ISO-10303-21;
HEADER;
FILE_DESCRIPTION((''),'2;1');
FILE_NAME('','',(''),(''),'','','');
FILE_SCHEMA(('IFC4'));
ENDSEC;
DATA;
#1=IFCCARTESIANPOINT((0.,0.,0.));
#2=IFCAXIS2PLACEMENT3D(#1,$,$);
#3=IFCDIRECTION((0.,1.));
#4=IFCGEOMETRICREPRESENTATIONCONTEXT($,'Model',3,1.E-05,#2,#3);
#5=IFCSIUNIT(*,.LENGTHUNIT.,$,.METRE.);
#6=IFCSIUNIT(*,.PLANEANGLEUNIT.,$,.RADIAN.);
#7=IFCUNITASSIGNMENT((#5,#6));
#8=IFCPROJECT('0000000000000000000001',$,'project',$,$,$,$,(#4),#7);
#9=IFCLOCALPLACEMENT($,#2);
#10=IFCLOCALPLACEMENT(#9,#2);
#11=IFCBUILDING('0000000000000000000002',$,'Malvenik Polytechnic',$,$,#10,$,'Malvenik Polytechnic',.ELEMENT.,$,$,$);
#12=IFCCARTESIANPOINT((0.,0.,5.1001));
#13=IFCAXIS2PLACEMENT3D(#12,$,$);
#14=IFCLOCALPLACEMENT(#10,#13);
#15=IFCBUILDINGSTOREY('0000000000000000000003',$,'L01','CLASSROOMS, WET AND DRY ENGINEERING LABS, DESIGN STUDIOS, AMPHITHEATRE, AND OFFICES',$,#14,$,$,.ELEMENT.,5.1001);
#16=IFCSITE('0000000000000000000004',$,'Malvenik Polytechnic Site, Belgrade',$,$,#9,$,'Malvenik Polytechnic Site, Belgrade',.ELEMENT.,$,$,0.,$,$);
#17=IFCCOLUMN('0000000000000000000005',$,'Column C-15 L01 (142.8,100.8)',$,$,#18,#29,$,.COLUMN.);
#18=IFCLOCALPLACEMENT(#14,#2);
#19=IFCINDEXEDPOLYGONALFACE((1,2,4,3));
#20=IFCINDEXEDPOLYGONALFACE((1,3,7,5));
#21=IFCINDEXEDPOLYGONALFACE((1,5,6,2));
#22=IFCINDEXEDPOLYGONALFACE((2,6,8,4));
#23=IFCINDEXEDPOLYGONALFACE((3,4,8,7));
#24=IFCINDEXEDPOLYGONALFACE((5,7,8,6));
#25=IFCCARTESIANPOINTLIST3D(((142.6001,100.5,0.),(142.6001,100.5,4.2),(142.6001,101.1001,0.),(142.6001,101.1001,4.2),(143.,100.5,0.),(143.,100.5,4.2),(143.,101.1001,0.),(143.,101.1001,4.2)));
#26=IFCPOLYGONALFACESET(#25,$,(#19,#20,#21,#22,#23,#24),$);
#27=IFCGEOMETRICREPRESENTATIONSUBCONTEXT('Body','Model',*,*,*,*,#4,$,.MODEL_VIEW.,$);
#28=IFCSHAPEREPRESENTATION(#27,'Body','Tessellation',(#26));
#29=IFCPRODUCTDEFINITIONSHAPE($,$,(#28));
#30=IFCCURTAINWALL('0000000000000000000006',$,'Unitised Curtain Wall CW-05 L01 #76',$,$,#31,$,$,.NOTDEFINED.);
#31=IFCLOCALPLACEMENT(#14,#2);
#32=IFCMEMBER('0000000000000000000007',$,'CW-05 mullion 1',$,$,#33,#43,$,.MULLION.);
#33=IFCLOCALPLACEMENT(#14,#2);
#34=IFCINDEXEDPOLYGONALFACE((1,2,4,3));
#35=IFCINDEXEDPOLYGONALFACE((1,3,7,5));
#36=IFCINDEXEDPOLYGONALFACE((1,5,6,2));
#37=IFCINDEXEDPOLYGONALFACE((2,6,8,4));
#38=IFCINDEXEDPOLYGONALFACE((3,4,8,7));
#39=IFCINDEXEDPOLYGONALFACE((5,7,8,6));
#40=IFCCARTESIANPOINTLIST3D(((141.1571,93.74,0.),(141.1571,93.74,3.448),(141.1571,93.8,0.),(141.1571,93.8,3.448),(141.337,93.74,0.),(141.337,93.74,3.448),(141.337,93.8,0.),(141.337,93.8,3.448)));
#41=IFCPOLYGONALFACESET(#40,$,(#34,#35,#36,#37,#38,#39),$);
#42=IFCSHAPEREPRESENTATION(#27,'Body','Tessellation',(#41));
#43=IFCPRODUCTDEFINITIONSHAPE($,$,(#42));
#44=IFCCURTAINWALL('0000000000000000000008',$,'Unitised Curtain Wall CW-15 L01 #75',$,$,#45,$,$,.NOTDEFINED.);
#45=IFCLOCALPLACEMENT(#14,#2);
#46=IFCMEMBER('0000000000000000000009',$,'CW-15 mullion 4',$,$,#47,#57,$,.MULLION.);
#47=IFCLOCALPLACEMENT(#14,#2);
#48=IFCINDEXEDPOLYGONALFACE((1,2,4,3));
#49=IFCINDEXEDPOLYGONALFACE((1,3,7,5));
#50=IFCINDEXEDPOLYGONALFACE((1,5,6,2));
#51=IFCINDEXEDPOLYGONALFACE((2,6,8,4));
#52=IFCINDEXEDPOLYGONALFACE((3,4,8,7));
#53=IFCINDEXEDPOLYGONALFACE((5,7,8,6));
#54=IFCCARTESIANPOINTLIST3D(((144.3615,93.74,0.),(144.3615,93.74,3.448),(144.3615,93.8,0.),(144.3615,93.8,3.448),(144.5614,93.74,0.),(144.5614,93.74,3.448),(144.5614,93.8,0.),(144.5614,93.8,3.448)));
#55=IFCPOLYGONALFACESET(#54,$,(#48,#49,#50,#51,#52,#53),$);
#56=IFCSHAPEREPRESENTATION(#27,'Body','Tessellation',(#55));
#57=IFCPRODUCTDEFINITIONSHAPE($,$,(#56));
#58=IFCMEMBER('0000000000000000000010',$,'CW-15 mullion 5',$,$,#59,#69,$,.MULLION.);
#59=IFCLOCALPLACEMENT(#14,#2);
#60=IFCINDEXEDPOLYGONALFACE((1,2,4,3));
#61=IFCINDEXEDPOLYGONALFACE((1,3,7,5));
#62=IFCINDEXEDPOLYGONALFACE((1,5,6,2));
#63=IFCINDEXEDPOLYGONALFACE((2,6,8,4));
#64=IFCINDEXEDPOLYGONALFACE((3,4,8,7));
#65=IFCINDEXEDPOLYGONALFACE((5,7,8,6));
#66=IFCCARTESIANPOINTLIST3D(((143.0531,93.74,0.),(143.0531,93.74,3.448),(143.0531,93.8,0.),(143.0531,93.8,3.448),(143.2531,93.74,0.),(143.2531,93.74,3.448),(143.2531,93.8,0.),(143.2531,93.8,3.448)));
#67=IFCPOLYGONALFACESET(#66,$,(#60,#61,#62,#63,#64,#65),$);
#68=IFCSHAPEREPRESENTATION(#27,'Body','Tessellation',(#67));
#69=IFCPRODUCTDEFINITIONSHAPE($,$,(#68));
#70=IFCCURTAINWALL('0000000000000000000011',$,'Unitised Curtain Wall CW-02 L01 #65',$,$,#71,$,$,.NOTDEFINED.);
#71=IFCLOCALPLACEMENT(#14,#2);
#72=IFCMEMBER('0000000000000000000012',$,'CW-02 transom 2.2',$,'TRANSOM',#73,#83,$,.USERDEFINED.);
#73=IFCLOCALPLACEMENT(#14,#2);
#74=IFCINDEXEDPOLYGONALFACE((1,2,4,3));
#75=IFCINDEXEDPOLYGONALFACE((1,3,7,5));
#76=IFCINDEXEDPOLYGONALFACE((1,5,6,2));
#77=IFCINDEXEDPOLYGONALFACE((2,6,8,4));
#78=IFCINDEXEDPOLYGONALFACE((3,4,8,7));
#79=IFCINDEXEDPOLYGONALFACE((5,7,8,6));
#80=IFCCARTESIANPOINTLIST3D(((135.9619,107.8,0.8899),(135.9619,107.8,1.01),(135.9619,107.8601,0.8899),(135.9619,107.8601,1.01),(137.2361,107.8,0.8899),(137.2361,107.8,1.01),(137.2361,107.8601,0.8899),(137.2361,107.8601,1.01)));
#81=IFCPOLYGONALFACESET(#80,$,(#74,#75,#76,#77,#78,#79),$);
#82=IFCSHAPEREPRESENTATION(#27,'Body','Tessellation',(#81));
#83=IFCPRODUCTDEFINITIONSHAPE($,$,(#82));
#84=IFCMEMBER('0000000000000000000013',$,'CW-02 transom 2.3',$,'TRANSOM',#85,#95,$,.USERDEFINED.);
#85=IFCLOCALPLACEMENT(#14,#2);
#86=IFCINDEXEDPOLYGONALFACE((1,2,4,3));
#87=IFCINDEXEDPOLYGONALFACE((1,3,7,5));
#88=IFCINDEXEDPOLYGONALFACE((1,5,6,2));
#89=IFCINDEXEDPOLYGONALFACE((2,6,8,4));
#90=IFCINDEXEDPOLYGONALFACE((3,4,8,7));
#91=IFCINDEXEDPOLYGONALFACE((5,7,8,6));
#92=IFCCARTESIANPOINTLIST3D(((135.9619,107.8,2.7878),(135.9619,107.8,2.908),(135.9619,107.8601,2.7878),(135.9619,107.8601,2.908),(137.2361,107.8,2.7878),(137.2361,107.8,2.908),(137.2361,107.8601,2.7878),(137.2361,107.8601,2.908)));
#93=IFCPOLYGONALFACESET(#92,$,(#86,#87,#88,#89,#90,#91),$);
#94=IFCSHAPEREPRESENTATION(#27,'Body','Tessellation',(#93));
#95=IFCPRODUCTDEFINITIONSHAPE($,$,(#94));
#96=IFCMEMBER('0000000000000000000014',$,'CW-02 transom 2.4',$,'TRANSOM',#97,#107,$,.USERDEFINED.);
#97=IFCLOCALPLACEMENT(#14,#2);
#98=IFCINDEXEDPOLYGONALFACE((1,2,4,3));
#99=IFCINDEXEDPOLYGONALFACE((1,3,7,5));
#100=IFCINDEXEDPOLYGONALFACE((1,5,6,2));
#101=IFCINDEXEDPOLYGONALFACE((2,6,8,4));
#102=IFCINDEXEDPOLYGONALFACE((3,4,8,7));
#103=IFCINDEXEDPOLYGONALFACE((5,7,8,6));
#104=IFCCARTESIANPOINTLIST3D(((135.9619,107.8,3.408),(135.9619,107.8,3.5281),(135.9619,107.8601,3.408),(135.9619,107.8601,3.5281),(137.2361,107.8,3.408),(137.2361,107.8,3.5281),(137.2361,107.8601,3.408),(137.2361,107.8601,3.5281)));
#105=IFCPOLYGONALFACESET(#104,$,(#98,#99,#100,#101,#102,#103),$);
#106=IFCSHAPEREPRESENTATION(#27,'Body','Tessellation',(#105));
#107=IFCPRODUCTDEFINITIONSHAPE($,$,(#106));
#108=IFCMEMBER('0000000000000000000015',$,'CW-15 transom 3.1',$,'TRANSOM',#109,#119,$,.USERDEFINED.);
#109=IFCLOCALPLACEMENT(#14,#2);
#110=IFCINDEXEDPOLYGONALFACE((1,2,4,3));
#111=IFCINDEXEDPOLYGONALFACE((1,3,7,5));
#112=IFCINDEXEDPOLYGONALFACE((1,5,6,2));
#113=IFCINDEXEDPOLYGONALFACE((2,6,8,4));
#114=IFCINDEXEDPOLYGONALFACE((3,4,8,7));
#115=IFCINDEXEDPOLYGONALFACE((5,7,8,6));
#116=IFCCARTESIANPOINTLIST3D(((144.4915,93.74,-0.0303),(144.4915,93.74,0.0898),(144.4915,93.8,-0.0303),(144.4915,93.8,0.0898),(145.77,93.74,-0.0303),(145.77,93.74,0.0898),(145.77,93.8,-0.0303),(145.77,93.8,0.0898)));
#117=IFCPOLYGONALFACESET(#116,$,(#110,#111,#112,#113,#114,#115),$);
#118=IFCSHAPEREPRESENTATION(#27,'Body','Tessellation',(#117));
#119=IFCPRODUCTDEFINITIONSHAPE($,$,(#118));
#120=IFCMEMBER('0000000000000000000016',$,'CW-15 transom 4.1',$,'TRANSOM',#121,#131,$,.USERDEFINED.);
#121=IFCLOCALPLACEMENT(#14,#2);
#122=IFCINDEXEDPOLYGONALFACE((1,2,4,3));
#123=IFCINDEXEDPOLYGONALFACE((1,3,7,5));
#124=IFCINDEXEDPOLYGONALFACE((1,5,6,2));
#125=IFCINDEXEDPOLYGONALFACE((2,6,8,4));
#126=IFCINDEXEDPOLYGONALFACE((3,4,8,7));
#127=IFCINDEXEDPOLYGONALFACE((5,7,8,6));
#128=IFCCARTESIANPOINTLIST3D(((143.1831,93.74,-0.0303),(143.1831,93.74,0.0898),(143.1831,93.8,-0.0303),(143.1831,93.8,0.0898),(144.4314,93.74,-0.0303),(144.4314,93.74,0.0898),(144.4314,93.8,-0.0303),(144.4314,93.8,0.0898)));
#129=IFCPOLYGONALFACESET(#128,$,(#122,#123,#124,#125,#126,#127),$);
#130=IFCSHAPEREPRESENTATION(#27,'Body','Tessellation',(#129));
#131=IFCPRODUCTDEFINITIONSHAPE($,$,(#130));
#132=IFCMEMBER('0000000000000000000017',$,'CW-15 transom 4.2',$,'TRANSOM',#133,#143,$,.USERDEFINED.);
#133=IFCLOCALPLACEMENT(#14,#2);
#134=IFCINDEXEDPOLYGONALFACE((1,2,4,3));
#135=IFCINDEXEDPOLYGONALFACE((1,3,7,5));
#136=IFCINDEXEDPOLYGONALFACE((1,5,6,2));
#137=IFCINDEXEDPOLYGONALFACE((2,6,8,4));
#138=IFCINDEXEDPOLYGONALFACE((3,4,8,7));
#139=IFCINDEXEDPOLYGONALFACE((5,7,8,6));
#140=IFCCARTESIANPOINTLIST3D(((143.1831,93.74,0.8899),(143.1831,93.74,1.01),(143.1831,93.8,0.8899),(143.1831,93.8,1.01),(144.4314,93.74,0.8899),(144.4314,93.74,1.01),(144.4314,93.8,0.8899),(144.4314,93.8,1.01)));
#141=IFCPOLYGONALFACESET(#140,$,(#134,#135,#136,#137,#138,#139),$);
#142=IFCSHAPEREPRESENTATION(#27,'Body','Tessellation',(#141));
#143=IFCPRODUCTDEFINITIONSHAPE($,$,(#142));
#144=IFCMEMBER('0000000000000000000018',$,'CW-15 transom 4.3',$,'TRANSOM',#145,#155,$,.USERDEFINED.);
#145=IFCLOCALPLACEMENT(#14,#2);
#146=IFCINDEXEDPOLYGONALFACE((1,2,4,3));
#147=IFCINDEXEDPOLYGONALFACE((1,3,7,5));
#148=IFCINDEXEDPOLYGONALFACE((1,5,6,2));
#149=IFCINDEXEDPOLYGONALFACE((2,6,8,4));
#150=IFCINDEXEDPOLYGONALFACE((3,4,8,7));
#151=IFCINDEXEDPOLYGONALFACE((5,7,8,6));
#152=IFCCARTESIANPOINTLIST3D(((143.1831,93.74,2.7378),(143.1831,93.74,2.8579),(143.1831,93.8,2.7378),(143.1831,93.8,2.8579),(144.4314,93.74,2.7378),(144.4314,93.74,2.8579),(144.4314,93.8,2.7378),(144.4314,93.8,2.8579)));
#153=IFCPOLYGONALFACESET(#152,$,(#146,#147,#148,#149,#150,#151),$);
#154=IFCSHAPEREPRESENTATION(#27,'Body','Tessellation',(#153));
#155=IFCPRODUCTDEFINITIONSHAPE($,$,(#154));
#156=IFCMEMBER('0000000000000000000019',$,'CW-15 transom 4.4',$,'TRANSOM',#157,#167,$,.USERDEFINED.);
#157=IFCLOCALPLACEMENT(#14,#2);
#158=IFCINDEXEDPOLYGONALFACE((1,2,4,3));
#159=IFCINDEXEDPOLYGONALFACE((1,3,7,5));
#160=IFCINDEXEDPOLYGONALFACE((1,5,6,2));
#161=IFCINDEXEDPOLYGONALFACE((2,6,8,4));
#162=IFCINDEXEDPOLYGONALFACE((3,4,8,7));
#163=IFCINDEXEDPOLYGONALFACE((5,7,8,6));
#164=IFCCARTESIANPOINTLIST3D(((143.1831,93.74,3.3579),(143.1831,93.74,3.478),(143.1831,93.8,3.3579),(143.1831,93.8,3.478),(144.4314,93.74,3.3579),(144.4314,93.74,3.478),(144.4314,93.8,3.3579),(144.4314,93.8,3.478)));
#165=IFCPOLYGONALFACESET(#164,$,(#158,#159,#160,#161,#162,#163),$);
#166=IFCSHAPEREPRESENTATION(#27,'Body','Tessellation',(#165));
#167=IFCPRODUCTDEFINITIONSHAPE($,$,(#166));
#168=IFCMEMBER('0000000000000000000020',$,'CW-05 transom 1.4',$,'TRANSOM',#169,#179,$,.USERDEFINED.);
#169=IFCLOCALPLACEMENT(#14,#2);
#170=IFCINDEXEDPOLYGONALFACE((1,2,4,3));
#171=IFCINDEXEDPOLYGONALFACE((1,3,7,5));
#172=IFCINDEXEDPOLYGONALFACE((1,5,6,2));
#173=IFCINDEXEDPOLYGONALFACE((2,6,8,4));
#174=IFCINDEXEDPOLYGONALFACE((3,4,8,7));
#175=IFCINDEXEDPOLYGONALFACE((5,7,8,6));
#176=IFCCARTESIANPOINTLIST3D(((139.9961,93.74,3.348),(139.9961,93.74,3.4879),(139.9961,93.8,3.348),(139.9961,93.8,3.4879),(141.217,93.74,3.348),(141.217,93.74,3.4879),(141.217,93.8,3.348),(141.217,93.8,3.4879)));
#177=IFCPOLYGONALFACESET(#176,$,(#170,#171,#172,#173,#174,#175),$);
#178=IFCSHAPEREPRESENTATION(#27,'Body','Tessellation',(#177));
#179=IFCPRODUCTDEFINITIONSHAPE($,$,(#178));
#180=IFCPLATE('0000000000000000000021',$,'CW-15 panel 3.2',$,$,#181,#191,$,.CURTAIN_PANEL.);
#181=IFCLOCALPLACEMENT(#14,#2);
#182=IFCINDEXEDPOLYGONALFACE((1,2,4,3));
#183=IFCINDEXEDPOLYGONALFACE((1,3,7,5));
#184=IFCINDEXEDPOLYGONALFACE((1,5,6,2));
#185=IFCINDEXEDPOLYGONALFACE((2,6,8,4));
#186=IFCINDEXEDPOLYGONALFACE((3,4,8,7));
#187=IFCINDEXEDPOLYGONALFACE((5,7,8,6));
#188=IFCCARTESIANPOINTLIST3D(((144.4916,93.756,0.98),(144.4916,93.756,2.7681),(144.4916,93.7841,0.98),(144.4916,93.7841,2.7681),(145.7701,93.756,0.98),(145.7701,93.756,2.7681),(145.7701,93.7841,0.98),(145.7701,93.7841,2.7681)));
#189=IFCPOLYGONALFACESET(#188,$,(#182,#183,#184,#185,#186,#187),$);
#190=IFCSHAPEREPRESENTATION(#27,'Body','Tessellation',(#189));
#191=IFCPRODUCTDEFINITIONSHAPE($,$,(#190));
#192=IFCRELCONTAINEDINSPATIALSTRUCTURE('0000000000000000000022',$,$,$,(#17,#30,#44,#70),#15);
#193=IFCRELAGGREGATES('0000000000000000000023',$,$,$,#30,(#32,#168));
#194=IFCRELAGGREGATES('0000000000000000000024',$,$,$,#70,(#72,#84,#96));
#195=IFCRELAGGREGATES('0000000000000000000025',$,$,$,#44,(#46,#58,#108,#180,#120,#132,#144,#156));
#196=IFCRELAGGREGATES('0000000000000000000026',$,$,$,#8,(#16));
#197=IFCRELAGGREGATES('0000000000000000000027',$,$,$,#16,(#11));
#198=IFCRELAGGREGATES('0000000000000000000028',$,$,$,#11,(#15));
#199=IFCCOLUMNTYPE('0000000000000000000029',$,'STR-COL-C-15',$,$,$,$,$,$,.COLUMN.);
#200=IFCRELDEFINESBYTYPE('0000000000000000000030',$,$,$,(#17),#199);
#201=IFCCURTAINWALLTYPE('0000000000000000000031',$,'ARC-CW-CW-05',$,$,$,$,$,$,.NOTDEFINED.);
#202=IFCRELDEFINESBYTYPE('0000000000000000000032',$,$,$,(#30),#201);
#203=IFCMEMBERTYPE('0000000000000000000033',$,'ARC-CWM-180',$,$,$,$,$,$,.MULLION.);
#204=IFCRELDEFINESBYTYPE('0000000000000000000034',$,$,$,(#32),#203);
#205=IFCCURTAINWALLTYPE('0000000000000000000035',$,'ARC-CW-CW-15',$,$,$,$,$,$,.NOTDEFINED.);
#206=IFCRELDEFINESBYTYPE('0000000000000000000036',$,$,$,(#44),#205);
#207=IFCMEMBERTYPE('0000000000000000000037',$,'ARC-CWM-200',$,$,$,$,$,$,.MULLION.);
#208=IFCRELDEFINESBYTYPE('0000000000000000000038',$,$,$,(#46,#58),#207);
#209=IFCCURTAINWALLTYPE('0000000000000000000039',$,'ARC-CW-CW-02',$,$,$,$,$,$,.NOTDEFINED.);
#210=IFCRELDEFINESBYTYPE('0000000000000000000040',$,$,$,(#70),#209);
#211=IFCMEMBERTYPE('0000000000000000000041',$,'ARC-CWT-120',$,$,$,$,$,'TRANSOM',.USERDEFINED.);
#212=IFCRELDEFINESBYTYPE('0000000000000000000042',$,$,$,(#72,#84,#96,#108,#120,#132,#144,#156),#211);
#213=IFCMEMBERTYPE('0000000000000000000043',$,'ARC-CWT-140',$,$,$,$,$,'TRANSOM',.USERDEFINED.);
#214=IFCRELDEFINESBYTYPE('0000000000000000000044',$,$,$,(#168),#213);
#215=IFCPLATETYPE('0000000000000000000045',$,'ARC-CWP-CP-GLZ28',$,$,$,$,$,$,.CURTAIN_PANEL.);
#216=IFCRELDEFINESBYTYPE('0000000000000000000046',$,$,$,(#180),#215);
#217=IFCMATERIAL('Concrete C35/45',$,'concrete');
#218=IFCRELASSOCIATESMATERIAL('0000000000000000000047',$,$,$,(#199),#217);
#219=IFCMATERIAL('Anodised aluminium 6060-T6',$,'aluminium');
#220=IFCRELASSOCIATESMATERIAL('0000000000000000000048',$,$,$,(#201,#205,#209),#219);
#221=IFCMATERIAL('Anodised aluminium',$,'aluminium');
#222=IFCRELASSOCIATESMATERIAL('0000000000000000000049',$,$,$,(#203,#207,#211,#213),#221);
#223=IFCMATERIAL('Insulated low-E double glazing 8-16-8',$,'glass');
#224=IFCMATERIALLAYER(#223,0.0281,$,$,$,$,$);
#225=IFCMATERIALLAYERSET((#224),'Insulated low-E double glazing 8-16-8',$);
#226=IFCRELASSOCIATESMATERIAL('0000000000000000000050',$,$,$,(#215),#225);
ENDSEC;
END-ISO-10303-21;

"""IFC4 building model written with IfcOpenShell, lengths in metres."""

from ifc_helpers import new_model, si_unit, direction, frame, origin, origin_2d, place, context, subcontext, project, spatial, rectangle, extrude, material, layer, layer_set, material_profile, profile_set, type_object, element, aggregate, save


model = new_model("IFC4")

# Units and contexts
model_context = context("Model", 3, precision=1e-05, world=origin(), true_north=direction((0.0, 1.0)))
body_context = subcontext(model_context, "Body", "Model", "MODEL_VIEW")
ifc_project = project(units=[si_unit("LENGTHUNIT", "METRE"), si_unit("PLANEANGLEUNIT", "RADIAN")], contexts=[model_context])

# Site, building, storey
site_placement = place(None, origin())
site = spatial("IfcSite", under=ifc_project, at=site_placement, Name="Malvenik Polytechnic Site, Belgrade", LongName="Malvenik Polytechnic Site, Belgrade", CompositionType="ELEMENT", RefElevation=0.0)
building_placement = place(site_placement, origin())
building = spatial("IfcBuilding", under=site, at=building_placement, Name="Malvenik Polytechnic", LongName="Malvenik Polytechnic", CompositionType="ELEMENT")
storey_placement = place(building_placement, frame((0.0, 0.0, 5.1001)))
storey = spatial("IfcBuildingStorey", under=building, at=storey_placement, Name="L01", Description="CLASSROOMS, WET AND DRY ENGINEERING LABS, DESIGN STUDIOS, AMPHITHEATRE, AND OFFICES", CompositionType="ELEMENT", Elevation=5.1001)

# Column
ifc_material_1 = material(Name="Concrete C35/45", Category="concrete")
ifc_material_profile_1 = material_profile(ifc_material_1, rectangle(XDim=0.3999, YDim=0.6001, at=origin_2d()), Name="RC COL 600x400")
ifc_profile_set_1 = profile_set([ifc_material_profile_1], Name="Concrete C35/45")
column_type = type_object("IfcColumnType", Name="STR-COL-C-15", PredefinedType="COLUMN", material=ifc_profile_set_1)
column_placement = place(storey_placement, frame((142.8, 100.8, 0.0), z_axis=(0.0, 0.0, 1.0), x_axis=(1.0, 0.0, 0.0)))
element("IfcColumn", 1, at=column_placement, inside=storey, type_object=column_type, Name="Column C-15 L01 (142.8,100.8)", PredefinedType="COLUMN", context=body_context, shape_type="SweptSolid", body=[
    extrude(rectangle(XDim=0.3999, YDim=0.6001, at=origin_2d()), origin(), (0.0, 0.0, 1.0), 4.2),
])

# Curtain wall, member
ifc_material_2 = material(Name="Anodised aluminium 6060-T6", Category="aluminium")
curtain_wall_type_1 = type_object("IfcCurtainWallType", Name="ARC-CW-CW-05", PredefinedType="NOTDEFINED", material=ifc_material_2)
curtain_wall_1_placement = place(storey_placement, origin())
curtain_wall_1 = element("IfcCurtainWall", 2, at=curtain_wall_1_placement, inside=storey, type_object=curtain_wall_type_1, Name="Unitised Curtain Wall CW-05 L01 #76", PredefinedType="NOTDEFINED")
ifc_material_3 = material(Name="Anodised aluminium", Category="aluminium")
ifc_material_profile_2 = material_profile(ifc_material_3, rectangle(XDim=0.0601, YDim=0.1799, at=origin_2d()), Name="ALU MULLION 60x180")
ifc_profile_set_2 = profile_set([ifc_material_profile_2], Name="Anodised aluminium")
member_type_1 = type_object("IfcMemberType", Name="ARC-CWM-180", PredefinedType="MULLION", material=ifc_profile_set_2)
member_1_placement = place(storey_placement, frame((141.2471, 93.77, 0.0), z_axis=(0.0, 0.0, 1.0), x_axis=(0.0, -1.0, 0.0)))
member_1 = element("IfcMember", 3, at=member_1_placement, type_object=member_type_1, Name="CW-05 mullion 1", PredefinedType="MULLION", context=body_context, shape_type="SweptSolid", body=[
    extrude(rectangle(XDim=0.0601, YDim=0.1799, at=origin_2d()), origin(), (0.0, 0.0, 1.0), 3.448),
])

# Curtain walls, members
curtain_wall_type_2 = type_object("IfcCurtainWallType", Name="ARC-CW-CW-15", PredefinedType="NOTDEFINED", material=ifc_material_2)
curtain_wall_2_placement = place(storey_placement, origin())
curtain_wall_2 = element("IfcCurtainWall", 4, at=curtain_wall_2_placement, inside=storey, type_object=curtain_wall_type_2, Name="Unitised Curtain Wall CW-15 L01 #75", PredefinedType="NOTDEFINED")
ifc_material_profile_3 = material_profile(ifc_material_3, rectangle(XDim=0.0601, YDim=0.2, at=origin_2d()), Name="ALU MULLION 60x200")
ifc_profile_set_3 = profile_set([ifc_material_profile_3], Name="Anodised aluminium")
member_type_2 = type_object("IfcMemberType", Name="ARC-CWM-200", PredefinedType="MULLION", material=ifc_profile_set_3)
member_2_placement = place(storey_placement, frame((144.4614, 93.77, 0.0), z_axis=(0.0, 0.0, 1.0), x_axis=(0.0, -1.0, 0.0)))
member_2 = element("IfcMember", 5, at=member_2_placement, type_object=member_type_2, Name="CW-15 mullion 4", PredefinedType="MULLION", context=body_context, shape_type="SweptSolid", body=[
    extrude(rectangle(XDim=0.0601, YDim=0.2, at=origin_2d()), origin(), (0.0, 0.0, 1.0), 3.448),
])
member_3_placement = place(storey_placement, frame((143.1531, 93.77, 0.0), z_axis=(0.0, 0.0, 1.0), x_axis=(0.0, -1.0, 0.0)))
member_3 = element("IfcMember", 6, at=member_3_placement, type_object=member_type_2, Name="CW-15 mullion 5", PredefinedType="MULLION", context=body_context, shape_type="SweptSolid", body=[
    extrude(rectangle(XDim=0.0601, YDim=0.2, at=origin_2d()), origin(), (0.0, 0.0, 1.0), 3.448),
])
curtain_wall_type_3 = type_object("IfcCurtainWallType", Name="ARC-CW-CW-02", PredefinedType="NOTDEFINED", material=ifc_material_2)
curtain_wall_3_placement = place(storey_placement, origin())
curtain_wall_3 = element("IfcCurtainWall", 7, at=curtain_wall_3_placement, inside=storey, type_object=curtain_wall_type_3, Name="Unitised Curtain Wall CW-02 L01 #65", PredefinedType="NOTDEFINED")
ifc_material_profile_4 = material_profile(ifc_material_3, rectangle(XDim=0.0601, YDim=0.1201, at=origin_2d()), Name="ALU TRANSOM 60x120")
ifc_profile_set_4 = profile_set([ifc_material_profile_4], Name="Anodised aluminium")
member_type_3 = type_object("IfcMemberType", Name="ARC-CWT-120", ElementType="TRANSOM", PredefinedType="USERDEFINED", material=ifc_profile_set_4)
member_4_placement = place(storey_placement, frame((135.9619, 107.8301, 0.95), z_axis=(1.0, 0.0, 0.0), x_axis=(0.0, 1.0, 0.0)))
member_4 = element("IfcMember", 8, at=member_4_placement, type_object=member_type_3, Name="CW-02 transom 2.2", ObjectType="TRANSOM", PredefinedType="USERDEFINED", context=body_context, shape_type="SweptSolid", body=[
    extrude(rectangle(XDim=0.0601, YDim=0.1201, at=origin_2d()), origin(), (0.0, 0.0, 1.0), 1.2742),
])
member_5_placement = place(storey_placement, frame((135.9619, 107.8301, 2.8479), z_axis=(1.0, 0.0, 0.0), x_axis=(0.0, 1.0, 0.0)))
member_5 = element("IfcMember", 9, at=member_5_placement, type_object=member_type_3, Name="CW-02 transom 2.3", ObjectType="TRANSOM", PredefinedType="USERDEFINED", context=body_context, shape_type="SweptSolid", body=[
    extrude(rectangle(XDim=0.0601, YDim=0.1201, at=origin_2d()), origin(), (0.0, 0.0, 1.0), 1.2742),
])
member_6_placement = place(storey_placement, frame((135.9619, 107.8301, 3.468), z_axis=(1.0, 0.0, 0.0), x_axis=(0.0, 1.0, 0.0)))
member_6 = element("IfcMember", 10, at=member_6_placement, type_object=member_type_3, Name="CW-02 transom 2.4", ObjectType="TRANSOM", PredefinedType="USERDEFINED", context=body_context, shape_type="SweptSolid", body=[
    extrude(rectangle(XDim=0.0601, YDim=0.1201, at=origin_2d()), origin(), (0.0, 0.0, 1.0), 1.2742),
])

# Members
member_7_placement = place(storey_placement, frame((145.77, 93.77, 0.0298), z_axis=(-1.0, 0.0, 0.0), x_axis=(0.0, -1.0, 0.0)))
member_7 = element("IfcMember", 11, at=member_7_placement, type_object=member_type_3, Name="CW-15 transom 3.1", ObjectType="TRANSOM", PredefinedType="USERDEFINED", context=body_context, shape_type="SweptSolid", body=[
    extrude(rectangle(XDim=0.0601, YDim=0.1201, at=origin_2d()), origin(), (0.0, 0.0, 1.0), 1.2786),
])
member_8_placement = place(storey_placement, frame((144.4314, 93.77, 0.0298), z_axis=(-1.0, 0.0, 0.0), x_axis=(0.0, -1.0, 0.0)))
member_8 = element("IfcMember", 12, at=member_8_placement, type_object=member_type_3, Name="CW-15 transom 4.1", ObjectType="TRANSOM", PredefinedType="USERDEFINED", context=body_context, shape_type="SweptSolid", body=[
    extrude(rectangle(XDim=0.0601, YDim=0.1201, at=origin_2d()), origin(), (0.0, 0.0, 1.0), 1.2483),
])
member_9_placement = place(storey_placement, frame((144.4314, 93.77, 0.95), z_axis=(-1.0, 0.0, 0.0), x_axis=(0.0, -1.0, 0.0)))
member_9 = element("IfcMember", 13, at=member_9_placement, type_object=member_type_3, Name="CW-15 transom 4.2", ObjectType="TRANSOM", PredefinedType="USERDEFINED", context=body_context, shape_type="SweptSolid", body=[
    extrude(rectangle(XDim=0.0601, YDim=0.1201, at=origin_2d()), origin(), (0.0, 0.0, 1.0), 1.2483),
])
member_10_placement = place(storey_placement, frame((144.4314, 93.77, 2.7979), z_axis=(-1.0, 0.0, 0.0), x_axis=(0.0, -1.0, 0.0)))
member_10 = element("IfcMember", 14, at=member_10_placement, type_object=member_type_3, Name="CW-15 transom 4.3", ObjectType="TRANSOM", PredefinedType="USERDEFINED", context=body_context, shape_type="SweptSolid", body=[
    extrude(rectangle(XDim=0.0601, YDim=0.1201, at=origin_2d()), origin(), (0.0, 0.0, 1.0), 1.2483),
])
member_11_placement = place(storey_placement, frame((144.4314, 93.77, 3.418), z_axis=(-1.0, 0.0, 0.0), x_axis=(0.0, -1.0, 0.0)))
member_11 = element("IfcMember", 15, at=member_11_placement, type_object=member_type_3, Name="CW-15 transom 4.4", ObjectType="TRANSOM", PredefinedType="USERDEFINED", context=body_context, shape_type="SweptSolid", body=[
    extrude(rectangle(XDim=0.0601, YDim=0.1201, at=origin_2d()), origin(), (0.0, 0.0, 1.0), 1.2483),
])
ifc_material_profile_5 = material_profile(ifc_material_3, rectangle(XDim=0.0601, YDim=0.1399, at=origin_2d()), Name="ALU TRANSOM 60x140")
ifc_profile_set_5 = profile_set([ifc_material_profile_5], Name="Anodised aluminium")
member_type_4 = type_object("IfcMemberType", Name="ARC-CWT-140", ElementType="TRANSOM", PredefinedType="USERDEFINED", material=ifc_profile_set_5)
member_12_placement = place(storey_placement, frame((141.217, 93.77, 3.418), z_axis=(-1.0, 0.0, 0.0), x_axis=(0.0, -1.0, 0.0)))
member_12 = element("IfcMember", 16, at=member_12_placement, type_object=member_type_4, Name="CW-05 transom 1.4", ObjectType="TRANSOM", PredefinedType="USERDEFINED", context=body_context, shape_type="SweptSolid", body=[
    extrude(rectangle(XDim=0.0601, YDim=0.1399, at=origin_2d()), origin(), (0.0, 0.0, 1.0), 1.2209),
])
aggregate(curtain_wall_1, [member_1, member_12])

# Plate
ifc_material_4 = material(Name="Insulated low-E double glazing 8-16-8", Category="glass")
ifc_layer_1 = layer(ifc_material_4, 0.0281)
ifc_layer_set_1 = layer_set([ifc_layer_1], Name="Insulated low-E double glazing 8-16-8")
plate_type_1 = type_object("IfcPlateType", Name="ARC-CWP-CP-GLZ28", PredefinedType="CURTAIN_PANEL", material=ifc_layer_set_1)
plate_1_placement = place(storey_placement, frame((145.1309, 93.77, 0.98), z_axis=(0.0, 0.0, 1.0), x_axis=(-1.0, 0.0, 0.0)))
plate_1 = element("IfcPlate", 17, at=plate_1_placement, type_object=plate_type_1, Name="CW-15 panel 3.2", PredefinedType="CURTAIN_PANEL", context=body_context, shape_type="SweptSolid", body=[
    extrude(rectangle(XDim=1.2786, YDim=0.0281, at=origin_2d()), origin(), (0.0, 0.0, 1.0), 1.7881),
])
aggregate(curtain_wall_3, [member_4, member_5, member_6])
aggregate(curtain_wall_2, [member_2, member_3, member_7, plate_1, member_8, member_9, member_10, member_11])

save(model, "model.ifc")
